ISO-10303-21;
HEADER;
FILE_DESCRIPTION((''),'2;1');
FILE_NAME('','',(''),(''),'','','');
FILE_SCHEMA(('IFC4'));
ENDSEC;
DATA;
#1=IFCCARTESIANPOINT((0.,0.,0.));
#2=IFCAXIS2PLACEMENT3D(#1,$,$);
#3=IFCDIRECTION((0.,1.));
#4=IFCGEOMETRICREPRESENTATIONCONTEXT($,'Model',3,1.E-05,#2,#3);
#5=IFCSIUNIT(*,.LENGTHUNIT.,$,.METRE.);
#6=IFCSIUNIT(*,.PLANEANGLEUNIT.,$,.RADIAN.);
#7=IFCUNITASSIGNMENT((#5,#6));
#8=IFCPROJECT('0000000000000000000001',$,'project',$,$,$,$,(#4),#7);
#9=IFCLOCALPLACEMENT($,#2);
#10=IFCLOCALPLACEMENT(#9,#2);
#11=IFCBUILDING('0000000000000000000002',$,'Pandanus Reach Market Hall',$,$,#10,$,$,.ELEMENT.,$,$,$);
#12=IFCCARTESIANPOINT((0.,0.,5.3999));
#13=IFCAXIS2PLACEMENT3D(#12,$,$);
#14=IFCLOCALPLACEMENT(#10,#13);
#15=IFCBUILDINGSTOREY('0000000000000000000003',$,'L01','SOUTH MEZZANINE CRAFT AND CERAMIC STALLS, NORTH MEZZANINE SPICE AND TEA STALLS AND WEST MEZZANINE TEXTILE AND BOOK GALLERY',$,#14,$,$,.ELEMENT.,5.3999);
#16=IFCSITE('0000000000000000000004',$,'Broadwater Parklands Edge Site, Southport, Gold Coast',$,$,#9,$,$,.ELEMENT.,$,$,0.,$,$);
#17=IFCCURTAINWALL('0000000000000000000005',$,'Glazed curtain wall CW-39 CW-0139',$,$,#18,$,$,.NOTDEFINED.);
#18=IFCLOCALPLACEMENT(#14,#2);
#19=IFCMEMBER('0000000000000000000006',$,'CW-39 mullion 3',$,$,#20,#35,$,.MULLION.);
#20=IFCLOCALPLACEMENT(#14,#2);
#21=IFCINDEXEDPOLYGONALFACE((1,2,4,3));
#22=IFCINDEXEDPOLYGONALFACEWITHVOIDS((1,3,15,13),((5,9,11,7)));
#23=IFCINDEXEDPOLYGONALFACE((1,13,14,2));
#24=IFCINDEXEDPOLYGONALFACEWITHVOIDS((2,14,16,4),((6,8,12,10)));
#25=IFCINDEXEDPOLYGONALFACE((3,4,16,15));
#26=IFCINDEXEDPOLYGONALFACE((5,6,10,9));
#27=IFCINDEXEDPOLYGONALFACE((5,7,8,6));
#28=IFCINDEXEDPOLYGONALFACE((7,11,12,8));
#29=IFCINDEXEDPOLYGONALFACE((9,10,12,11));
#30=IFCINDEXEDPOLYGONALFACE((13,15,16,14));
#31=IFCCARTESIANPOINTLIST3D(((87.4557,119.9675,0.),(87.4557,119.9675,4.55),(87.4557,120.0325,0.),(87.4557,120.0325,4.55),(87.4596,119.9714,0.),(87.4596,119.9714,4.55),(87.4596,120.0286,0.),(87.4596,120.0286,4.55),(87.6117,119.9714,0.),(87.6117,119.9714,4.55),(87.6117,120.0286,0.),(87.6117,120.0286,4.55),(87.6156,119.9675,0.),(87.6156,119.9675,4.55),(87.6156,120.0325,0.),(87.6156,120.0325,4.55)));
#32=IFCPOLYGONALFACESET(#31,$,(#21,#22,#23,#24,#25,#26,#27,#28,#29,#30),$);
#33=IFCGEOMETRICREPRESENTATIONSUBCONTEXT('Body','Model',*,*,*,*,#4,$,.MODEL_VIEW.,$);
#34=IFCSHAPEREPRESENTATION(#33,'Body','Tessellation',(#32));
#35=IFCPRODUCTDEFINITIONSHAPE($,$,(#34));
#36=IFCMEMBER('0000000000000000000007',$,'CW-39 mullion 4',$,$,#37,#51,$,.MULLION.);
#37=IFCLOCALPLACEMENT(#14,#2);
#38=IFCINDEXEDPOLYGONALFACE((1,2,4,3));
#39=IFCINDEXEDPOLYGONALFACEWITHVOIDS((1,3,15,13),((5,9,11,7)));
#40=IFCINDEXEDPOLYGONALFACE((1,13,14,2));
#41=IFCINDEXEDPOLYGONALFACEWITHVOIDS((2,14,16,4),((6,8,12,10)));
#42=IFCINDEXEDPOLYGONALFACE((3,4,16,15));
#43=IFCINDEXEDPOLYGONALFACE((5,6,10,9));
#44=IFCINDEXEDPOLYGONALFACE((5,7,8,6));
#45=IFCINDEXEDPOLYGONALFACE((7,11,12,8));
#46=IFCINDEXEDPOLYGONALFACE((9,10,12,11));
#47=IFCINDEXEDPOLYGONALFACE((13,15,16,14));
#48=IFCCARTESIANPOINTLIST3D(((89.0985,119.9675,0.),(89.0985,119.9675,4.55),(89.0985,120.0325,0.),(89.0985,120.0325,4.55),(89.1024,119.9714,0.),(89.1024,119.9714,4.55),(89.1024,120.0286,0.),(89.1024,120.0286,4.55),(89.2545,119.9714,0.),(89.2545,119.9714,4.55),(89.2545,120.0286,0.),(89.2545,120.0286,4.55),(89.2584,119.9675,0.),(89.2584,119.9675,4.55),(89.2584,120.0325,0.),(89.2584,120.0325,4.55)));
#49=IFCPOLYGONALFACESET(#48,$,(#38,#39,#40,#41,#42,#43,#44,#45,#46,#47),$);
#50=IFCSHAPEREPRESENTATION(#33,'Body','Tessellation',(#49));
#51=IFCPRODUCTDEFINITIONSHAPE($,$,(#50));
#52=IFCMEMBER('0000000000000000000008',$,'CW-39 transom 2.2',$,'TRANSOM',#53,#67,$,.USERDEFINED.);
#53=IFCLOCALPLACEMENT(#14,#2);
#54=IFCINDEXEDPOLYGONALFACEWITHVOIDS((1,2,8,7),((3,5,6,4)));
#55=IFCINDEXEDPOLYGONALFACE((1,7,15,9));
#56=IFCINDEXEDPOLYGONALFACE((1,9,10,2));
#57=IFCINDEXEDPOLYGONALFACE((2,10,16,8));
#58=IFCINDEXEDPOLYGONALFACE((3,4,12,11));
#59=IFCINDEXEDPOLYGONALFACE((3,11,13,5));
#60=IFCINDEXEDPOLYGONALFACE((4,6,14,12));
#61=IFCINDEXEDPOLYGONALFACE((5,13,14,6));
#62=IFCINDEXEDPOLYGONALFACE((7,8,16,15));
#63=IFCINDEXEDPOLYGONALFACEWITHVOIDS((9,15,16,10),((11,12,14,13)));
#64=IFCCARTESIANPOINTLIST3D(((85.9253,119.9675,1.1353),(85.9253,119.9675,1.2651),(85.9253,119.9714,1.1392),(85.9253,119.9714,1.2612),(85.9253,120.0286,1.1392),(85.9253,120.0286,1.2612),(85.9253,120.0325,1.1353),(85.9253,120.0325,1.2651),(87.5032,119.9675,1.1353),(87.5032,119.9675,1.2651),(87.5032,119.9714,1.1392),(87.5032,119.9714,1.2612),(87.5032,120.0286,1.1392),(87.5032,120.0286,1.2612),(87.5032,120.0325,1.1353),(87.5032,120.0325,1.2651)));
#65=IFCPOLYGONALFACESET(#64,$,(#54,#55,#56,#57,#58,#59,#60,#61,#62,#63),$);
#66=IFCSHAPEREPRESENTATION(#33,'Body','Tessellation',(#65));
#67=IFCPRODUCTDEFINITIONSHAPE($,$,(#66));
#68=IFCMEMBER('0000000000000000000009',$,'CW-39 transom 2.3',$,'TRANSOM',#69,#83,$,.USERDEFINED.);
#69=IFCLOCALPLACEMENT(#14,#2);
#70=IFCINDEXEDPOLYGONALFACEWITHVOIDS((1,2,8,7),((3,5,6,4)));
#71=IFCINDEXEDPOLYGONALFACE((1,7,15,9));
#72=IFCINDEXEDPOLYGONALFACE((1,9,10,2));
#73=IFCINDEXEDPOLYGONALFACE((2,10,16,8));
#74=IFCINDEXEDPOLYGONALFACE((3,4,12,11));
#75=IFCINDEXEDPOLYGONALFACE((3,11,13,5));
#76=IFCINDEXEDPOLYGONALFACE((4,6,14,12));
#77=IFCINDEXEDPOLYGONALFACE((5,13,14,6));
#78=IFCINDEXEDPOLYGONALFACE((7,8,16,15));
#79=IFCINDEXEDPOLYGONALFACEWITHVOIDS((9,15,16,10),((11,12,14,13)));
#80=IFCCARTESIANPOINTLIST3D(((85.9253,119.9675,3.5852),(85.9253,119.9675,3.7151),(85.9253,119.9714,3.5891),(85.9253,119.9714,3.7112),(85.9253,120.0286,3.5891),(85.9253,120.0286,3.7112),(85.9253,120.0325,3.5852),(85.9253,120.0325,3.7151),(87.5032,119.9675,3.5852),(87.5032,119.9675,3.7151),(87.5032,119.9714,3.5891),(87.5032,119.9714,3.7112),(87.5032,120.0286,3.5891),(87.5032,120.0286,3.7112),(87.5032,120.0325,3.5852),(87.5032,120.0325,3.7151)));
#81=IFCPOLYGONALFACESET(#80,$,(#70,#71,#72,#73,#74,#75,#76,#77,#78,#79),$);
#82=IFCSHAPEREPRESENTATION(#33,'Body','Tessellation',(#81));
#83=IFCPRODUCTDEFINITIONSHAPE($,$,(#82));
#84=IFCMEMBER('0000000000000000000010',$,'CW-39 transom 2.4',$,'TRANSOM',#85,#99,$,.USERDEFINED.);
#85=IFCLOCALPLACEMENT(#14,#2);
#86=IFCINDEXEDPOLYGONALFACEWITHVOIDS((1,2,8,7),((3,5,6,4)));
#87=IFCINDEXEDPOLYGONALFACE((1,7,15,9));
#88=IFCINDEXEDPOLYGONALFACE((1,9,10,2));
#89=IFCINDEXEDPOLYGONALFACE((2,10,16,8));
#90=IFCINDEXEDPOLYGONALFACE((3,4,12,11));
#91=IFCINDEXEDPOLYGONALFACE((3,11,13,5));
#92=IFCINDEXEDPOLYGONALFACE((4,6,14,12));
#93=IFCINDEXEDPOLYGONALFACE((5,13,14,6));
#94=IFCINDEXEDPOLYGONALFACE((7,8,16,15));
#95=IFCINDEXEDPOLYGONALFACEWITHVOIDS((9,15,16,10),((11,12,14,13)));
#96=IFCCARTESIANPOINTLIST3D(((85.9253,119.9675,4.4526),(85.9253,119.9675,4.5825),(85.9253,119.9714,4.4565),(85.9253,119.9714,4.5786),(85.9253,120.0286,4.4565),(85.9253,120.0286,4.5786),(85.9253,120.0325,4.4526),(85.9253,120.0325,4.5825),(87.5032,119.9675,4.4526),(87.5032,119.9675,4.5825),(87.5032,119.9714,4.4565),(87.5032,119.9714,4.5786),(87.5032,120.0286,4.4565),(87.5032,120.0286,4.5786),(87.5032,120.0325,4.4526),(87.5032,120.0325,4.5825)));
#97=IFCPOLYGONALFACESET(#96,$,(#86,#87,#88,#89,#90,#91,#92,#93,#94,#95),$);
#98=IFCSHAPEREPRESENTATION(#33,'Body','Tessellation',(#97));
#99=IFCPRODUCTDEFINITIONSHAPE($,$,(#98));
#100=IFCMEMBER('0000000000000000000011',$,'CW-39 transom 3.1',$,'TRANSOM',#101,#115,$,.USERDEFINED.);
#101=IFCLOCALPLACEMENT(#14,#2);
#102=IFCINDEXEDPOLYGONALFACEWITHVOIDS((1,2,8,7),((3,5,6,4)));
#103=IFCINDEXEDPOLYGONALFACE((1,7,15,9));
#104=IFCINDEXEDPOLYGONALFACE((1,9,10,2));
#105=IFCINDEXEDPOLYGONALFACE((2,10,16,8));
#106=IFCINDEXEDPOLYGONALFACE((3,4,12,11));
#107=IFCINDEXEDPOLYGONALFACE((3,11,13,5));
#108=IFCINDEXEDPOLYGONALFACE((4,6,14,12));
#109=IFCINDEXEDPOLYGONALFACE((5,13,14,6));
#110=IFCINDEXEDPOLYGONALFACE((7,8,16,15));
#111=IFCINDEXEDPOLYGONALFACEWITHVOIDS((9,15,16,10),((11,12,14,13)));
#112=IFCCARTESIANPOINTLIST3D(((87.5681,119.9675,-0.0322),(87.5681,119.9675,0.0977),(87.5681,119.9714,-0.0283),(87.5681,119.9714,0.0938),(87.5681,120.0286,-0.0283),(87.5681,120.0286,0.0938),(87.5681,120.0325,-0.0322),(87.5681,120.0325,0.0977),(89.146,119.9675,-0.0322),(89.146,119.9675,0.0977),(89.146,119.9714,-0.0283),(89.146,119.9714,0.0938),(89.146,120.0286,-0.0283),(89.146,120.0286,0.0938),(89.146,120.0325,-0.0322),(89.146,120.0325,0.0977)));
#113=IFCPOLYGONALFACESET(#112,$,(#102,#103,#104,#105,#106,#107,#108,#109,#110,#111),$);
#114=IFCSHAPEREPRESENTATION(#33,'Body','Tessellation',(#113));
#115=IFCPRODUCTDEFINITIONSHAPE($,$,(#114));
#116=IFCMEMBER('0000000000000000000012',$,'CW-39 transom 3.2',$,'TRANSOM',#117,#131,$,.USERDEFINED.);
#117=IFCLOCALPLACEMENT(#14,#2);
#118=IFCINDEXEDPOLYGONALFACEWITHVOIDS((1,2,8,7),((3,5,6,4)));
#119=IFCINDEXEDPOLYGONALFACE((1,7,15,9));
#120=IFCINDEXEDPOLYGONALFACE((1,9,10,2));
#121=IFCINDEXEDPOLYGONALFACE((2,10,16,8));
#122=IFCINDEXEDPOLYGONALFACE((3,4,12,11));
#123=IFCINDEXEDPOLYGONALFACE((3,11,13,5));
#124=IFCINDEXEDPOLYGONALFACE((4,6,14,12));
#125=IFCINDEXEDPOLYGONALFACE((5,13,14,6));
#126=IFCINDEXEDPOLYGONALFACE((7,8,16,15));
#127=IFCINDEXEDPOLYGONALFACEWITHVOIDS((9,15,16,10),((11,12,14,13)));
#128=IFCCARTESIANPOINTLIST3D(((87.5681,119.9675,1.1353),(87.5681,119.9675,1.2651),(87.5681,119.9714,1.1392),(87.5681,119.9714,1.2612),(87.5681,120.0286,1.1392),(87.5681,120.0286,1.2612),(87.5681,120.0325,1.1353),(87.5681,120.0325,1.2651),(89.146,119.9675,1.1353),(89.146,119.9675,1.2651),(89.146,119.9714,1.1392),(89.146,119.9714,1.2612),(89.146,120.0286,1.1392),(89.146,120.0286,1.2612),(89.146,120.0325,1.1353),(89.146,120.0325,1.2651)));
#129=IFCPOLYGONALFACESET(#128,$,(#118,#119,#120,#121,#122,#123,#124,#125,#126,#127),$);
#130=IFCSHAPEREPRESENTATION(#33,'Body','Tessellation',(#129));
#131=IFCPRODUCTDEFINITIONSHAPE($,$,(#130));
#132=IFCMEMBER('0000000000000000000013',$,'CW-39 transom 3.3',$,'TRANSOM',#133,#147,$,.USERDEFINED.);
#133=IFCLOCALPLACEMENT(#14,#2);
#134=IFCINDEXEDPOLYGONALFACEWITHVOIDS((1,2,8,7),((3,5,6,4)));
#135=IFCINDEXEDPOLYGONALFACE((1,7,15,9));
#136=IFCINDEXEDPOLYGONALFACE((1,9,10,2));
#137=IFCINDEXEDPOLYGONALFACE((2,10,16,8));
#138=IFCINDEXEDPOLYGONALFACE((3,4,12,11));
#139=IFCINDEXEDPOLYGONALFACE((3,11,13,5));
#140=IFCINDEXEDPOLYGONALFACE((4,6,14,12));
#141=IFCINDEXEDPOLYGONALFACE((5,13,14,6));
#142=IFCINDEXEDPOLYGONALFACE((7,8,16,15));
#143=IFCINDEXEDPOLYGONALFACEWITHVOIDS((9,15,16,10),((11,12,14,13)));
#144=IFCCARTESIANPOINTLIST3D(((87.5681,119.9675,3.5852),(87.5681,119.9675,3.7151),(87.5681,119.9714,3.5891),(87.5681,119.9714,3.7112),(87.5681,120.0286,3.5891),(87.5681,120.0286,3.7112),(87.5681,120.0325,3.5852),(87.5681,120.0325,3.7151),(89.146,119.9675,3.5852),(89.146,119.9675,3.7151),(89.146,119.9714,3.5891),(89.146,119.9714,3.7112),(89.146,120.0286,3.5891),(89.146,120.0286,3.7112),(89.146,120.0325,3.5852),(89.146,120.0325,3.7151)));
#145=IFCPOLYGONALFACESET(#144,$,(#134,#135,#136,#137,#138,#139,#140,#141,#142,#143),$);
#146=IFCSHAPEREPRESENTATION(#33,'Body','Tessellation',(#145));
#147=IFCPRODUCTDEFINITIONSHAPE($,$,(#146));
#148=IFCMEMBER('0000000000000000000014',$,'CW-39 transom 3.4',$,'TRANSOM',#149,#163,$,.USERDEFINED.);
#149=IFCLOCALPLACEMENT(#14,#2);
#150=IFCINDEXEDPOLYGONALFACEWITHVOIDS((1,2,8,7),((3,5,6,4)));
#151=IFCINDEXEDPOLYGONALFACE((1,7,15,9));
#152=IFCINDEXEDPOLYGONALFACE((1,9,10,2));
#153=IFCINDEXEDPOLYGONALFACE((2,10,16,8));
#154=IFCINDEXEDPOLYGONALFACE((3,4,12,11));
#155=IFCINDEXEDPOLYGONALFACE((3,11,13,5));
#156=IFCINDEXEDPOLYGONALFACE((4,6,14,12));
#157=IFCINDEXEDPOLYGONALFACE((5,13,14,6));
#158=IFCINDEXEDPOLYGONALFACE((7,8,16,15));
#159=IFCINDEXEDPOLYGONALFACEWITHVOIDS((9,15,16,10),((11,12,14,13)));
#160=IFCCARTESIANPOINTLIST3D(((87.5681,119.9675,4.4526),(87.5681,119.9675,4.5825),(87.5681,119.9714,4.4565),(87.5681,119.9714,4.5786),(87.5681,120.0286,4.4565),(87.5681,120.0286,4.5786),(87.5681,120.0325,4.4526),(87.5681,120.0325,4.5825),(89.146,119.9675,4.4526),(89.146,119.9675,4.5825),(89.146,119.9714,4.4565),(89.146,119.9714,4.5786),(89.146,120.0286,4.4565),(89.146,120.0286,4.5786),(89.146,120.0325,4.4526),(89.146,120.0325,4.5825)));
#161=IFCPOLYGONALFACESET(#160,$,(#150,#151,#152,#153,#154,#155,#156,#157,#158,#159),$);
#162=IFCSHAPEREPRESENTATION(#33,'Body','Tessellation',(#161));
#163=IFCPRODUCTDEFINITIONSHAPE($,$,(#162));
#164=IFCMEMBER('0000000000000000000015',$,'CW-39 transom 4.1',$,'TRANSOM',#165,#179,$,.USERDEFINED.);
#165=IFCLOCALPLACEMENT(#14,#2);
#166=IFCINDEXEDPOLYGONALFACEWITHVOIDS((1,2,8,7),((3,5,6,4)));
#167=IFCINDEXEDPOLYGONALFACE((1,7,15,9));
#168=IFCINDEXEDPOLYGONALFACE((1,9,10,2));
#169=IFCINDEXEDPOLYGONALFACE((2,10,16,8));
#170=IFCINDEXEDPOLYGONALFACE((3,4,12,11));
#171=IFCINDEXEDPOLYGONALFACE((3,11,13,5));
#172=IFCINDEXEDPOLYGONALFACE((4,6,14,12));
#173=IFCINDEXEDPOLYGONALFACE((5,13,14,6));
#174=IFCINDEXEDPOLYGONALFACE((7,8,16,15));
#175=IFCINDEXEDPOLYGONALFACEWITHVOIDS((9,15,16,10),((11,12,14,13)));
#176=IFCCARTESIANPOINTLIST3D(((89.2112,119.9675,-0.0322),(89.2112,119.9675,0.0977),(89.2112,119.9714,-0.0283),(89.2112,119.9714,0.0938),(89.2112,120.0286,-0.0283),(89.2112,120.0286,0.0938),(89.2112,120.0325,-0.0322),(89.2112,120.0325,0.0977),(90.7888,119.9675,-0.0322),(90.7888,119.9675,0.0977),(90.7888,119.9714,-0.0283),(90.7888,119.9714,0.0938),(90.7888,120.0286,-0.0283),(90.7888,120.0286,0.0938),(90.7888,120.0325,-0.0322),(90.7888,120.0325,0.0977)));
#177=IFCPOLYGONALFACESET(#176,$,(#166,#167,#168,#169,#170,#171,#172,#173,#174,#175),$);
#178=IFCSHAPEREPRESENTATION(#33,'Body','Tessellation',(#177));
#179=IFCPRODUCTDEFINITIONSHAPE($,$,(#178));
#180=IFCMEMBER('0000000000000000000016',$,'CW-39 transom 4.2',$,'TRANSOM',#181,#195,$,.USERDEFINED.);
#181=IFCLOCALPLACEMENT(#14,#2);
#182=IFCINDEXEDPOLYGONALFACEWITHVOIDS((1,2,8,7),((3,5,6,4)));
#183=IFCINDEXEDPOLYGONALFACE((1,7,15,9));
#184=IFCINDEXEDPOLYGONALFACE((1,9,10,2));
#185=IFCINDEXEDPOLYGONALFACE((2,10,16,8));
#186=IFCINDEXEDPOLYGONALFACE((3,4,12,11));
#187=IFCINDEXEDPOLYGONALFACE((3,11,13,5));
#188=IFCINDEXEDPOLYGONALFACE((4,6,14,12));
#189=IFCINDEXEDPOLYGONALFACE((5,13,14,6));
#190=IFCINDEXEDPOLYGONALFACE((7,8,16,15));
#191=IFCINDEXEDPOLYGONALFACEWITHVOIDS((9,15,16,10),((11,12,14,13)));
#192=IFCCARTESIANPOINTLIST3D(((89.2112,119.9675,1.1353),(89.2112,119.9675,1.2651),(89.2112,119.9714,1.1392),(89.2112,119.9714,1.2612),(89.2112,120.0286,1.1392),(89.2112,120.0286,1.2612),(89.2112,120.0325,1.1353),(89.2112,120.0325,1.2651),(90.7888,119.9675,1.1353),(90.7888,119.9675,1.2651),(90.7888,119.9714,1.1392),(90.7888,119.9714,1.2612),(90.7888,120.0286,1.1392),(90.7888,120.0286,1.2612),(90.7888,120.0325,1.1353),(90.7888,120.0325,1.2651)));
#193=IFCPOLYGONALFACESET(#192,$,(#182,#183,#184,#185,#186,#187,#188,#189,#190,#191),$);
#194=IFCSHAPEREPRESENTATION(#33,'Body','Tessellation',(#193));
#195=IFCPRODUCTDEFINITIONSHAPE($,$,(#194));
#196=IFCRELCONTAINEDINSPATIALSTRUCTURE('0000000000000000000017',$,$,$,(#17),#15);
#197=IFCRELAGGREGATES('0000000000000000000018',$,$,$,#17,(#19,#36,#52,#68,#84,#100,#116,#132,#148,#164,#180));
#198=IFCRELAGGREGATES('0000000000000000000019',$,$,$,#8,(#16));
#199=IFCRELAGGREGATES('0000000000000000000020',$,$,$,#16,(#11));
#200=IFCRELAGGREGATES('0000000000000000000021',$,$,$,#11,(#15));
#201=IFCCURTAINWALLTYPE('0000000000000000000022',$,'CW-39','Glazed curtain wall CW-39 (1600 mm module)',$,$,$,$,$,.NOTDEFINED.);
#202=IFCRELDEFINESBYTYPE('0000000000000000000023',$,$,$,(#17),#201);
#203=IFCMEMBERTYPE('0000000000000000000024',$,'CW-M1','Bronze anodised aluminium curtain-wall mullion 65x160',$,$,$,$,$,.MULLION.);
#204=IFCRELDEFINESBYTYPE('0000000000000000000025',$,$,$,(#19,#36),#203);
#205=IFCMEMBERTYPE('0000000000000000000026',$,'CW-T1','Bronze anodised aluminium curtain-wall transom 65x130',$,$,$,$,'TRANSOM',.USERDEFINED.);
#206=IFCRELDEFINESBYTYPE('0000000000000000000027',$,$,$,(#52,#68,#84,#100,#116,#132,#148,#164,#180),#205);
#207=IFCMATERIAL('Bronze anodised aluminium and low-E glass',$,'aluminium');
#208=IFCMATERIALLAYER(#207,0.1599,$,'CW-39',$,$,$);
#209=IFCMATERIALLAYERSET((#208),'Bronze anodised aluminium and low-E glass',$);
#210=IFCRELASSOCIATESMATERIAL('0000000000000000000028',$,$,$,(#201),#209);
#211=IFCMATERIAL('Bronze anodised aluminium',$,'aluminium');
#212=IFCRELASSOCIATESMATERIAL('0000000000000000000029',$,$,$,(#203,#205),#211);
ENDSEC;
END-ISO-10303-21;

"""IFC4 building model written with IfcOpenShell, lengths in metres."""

from ifc_helpers import new_model, si_unit, direction, frame, origin, origin_2d, place, context, subcontext, project, spatial, hollow_rectangle, extrude, material, layer, layer_set, material_profile, profile_set, type_object, element, aggregate, save


model = new_model("IFC4")

# Units and contexts
model_context = context("Model", 3, precision=1e-05, world=origin(), true_north=direction((0.0, 1.0)))
body_context = subcontext(model_context, "Body", "Model", "MODEL_VIEW")
ifc_project = project(units=[si_unit("LENGTHUNIT", "METRE"), si_unit("PLANEANGLEUNIT", "RADIAN")], contexts=[model_context])

# Site, building, storey
site_placement = place(None, origin())
site = spatial("IfcSite", under=ifc_project, at=site_placement, Name="Broadwater Parklands Edge Site, Southport, Gold Coast", CompositionType="ELEMENT", RefElevation=0.0)
building_placement = place(site_placement, origin())
building = spatial("IfcBuilding", under=site, at=building_placement, Name="Pandanus Reach Market Hall", CompositionType="ELEMENT")
storey_placement = place(building_placement, frame((0.0, 0.0, 5.3999)))
storey = spatial("IfcBuildingStorey", under=building, at=storey_placement, Name="L01", Description="SOUTH MEZZANINE CRAFT AND CERAMIC STALLS, NORTH MEZZANINE SPICE AND TEA STALLS AND WEST MEZZANINE TEXTILE AND BOOK GALLERY", CompositionType="ELEMENT", Elevation=5.3999)

# Curtain wall, members
ifc_material_1 = material(Name="Bronze anodised aluminium and low-E glass", Category="aluminium")
ifc_layer_1 = layer(ifc_material_1, 0.1599, Name="CW-39")
ifc_layer_set_1 = layer_set([ifc_layer_1], Name="Bronze anodised aluminium and low-E glass")
curtain_wall_type = type_object("IfcCurtainWallType", Name="CW-39", Description="Glazed curtain wall CW-39 (1600 mm module)", PredefinedType="NOTDEFINED", material=ifc_layer_set_1)
curtain_wall_placement = place(storey_placement, origin())
curtain_wall = element("IfcCurtainWall", 1, at=curtain_wall_placement, inside=storey, type_object=curtain_wall_type, Name="Glazed curtain wall CW-39 CW-0139", PredefinedType="NOTDEFINED")
ifc_material_2 = material(Name="Bronze anodised aluminium", Category="aluminium")
ifc_material_profile_1 = material_profile(ifc_material_2, hollow_rectangle(XDim=0.0649, YDim=0.1599, WallThickness=0.0039, at=origin_2d()), Name="ALU65x160", Category="LoadBearing")
ifc_profile_set_1 = profile_set([ifc_material_profile_1], Name="Bronze anodised aluminium")
member_type_1 = type_object("IfcMemberType", Name="CW-M1", Description="Bronze anodised aluminium curtain-wall mullion 65x160", PredefinedType="MULLION", material=ifc_profile_set_1)
member_1_placement = place(storey_placement, frame((87.5356, 120.0, 0.0), z_axis=(0.0, 0.0, 1.0), x_axis=(0.0, 1.0, 0.0)))
member_1 = element("IfcMember", 2, at=member_1_placement, type_object=member_type_1, Name="CW-39 mullion 3", PredefinedType="MULLION", context=body_context, shape_type="SweptSolid", body=[
    extrude(hollow_rectangle(XDim=0.0649, YDim=0.1599, WallThickness=0.0039, at=origin_2d()), origin(), (0.0, 0.0, 1.0), 4.55),
])
member_2_placement = place(storey_placement, frame((89.1785, 120.0, 0.0), z_axis=(0.0, 0.0, 1.0), x_axis=(0.0, 1.0, 0.0)))
member_2 = element("IfcMember", 3, at=member_2_placement, type_object=member_type_1, Name="CW-39 mullion 4", PredefinedType="MULLION", context=body_context, shape_type="SweptSolid", body=[
    extrude(hollow_rectangle(XDim=0.0649, YDim=0.1599, WallThickness=0.0039, at=origin_2d()), origin(), (0.0, 0.0, 1.0), 4.55),
])
ifc_material_profile_2 = material_profile(ifc_material_2, hollow_rectangle(XDim=0.0649, YDim=0.1299, WallThickness=0.0039, at=origin_2d()), Name="ALU65x130", Category="LoadBearing")
ifc_profile_set_2 = profile_set([ifc_material_profile_2], Name="Bronze anodised aluminium")
member_type_2 = type_object("IfcMemberType", Name="CW-T1", Description="Bronze anodised aluminium curtain-wall transom 65x130", ElementType="TRANSOM", PredefinedType="USERDEFINED", material=ifc_profile_set_2)
member_3_placement = place(storey_placement, frame((85.9253, 120.0, 1.2002), z_axis=(1.0, 0.0, 0.0), x_axis=(0.0, 1.0, 0.0)))
member_3 = element("IfcMember", 4, at=member_3_placement, type_object=member_type_2, Name="CW-39 transom 2.2", ObjectType="TRANSOM", PredefinedType="USERDEFINED", context=body_context, shape_type="SweptSolid", body=[
    extrude(hollow_rectangle(XDim=0.0649, YDim=0.1299, WallThickness=0.0039, at=origin_2d()), origin(), (0.0, 0.0, 1.0), 1.5779),
])
member_4_placement = place(storey_placement, frame((85.9253, 120.0, 3.6501), z_axis=(1.0, 0.0, 0.0), x_axis=(0.0, 1.0, 0.0)))
member_4 = element("IfcMember", 5, at=member_4_placement, type_object=member_type_2, Name="CW-39 transom 2.3", ObjectType="TRANSOM", PredefinedType="USERDEFINED", context=body_context, shape_type="SweptSolid", body=[
    extrude(hollow_rectangle(XDim=0.0649, YDim=0.1299, WallThickness=0.0039, at=origin_2d()), origin(), (0.0, 0.0, 1.0), 1.5779),
])
member_5_placement = place(storey_placement, frame((85.9253, 120.0, 4.5176), z_axis=(1.0, 0.0, 0.0), x_axis=(0.0, 1.0, 0.0)))
member_5 = element("IfcMember", 6, at=member_5_placement, type_object=member_type_2, Name="CW-39 transom 2.4", ObjectType="TRANSOM", PredefinedType="USERDEFINED", context=body_context, shape_type="SweptSolid", body=[
    extrude(hollow_rectangle(XDim=0.0649, YDim=0.1299, WallThickness=0.0039, at=origin_2d()), origin(), (0.0, 0.0, 1.0), 1.5779),
])
member_6_placement = place(storey_placement, frame((87.5681, 120.0, 0.0327), z_axis=(1.0, 0.0, 0.0), x_axis=(0.0, 1.0, 0.0)))
member_6 = element("IfcMember", 7, at=member_6_placement, type_object=member_type_2, Name="CW-39 transom 3.1", ObjectType="TRANSOM", PredefinedType="USERDEFINED", context=body_context, shape_type="SweptSolid", body=[
    extrude(hollow_rectangle(XDim=0.0649, YDim=0.1299, WallThickness=0.0039, at=origin_2d()), origin(), (0.0, 0.0, 1.0), 1.5779),
])
member_7_placement = place(storey_placement, frame((87.5681, 120.0, 1.2002), z_axis=(1.0, 0.0, 0.0), x_axis=(0.0, 1.0, 0.0)))
member_7 = element("IfcMember", 8, at=member_7_placement, type_object=member_type_2, Name="CW-39 transom 3.2", ObjectType="TRANSOM", PredefinedType="USERDEFINED", context=body_context, shape_type="SweptSolid", body=[
    extrude(hollow_rectangle(XDim=0.0649, YDim=0.1299, WallThickness=0.0039, at=origin_2d()), origin(), (0.0, 0.0, 1.0), 1.5779),
])
member_8_placement = place(storey_placement, frame((87.5681, 120.0, 3.6501), z_axis=(1.0, 0.0, 0.0), x_axis=(0.0, 1.0, 0.0)))
member_8 = element("IfcMember", 9, at=member_8_placement, type_object=member_type_2, Name="CW-39 transom 3.3", ObjectType="TRANSOM", PredefinedType="USERDEFINED", context=body_context, shape_type="SweptSolid", body=[
    extrude(hollow_rectangle(XDim=0.0649, YDim=0.1299, WallThickness=0.0039, at=origin_2d()), origin(), (0.0, 0.0, 1.0), 1.5779),
])
member_9_placement = place(storey_placement, frame((87.5681, 120.0, 4.5176), z_axis=(1.0, 0.0, 0.0), x_axis=(0.0, 1.0, 0.0)))
member_9 = element("IfcMember", 10, at=member_9_placement, type_object=member_type_2, Name="CW-39 transom 3.4", ObjectType="TRANSOM", PredefinedType="USERDEFINED", context=body_context, shape_type="SweptSolid", body=[
    extrude(hollow_rectangle(XDim=0.0649, YDim=0.1299, WallThickness=0.0039, at=origin_2d()), origin(), (0.0, 0.0, 1.0), 1.5779),
])
member_10_placement = place(storey_placement, frame((89.2112, 120.0, 0.0327), z_axis=(1.0, 0.0, 0.0), x_axis=(0.0, 1.0, 0.0)))
member_10 = element("IfcMember", 11, at=member_10_placement, type_object=member_type_2, Name="CW-39 transom 4.1", ObjectType="TRANSOM", PredefinedType="USERDEFINED", context=body_context, shape_type="SweptSolid", body=[
    extrude(hollow_rectangle(XDim=0.0649, YDim=0.1299, WallThickness=0.0039, at=origin_2d()), origin(), (0.0, 0.0, 1.0), 1.5776),
])
member_11_placement = place(storey_placement, frame((89.2112, 120.0, 1.2002), z_axis=(1.0, 0.0, 0.0), x_axis=(0.0, 1.0, 0.0)))
member_11 = element("IfcMember", 12, at=member_11_placement, type_object=member_type_2, Name="CW-39 transom 4.2", ObjectType="TRANSOM", PredefinedType="USERDEFINED", context=body_context, shape_type="SweptSolid", body=[
    extrude(hollow_rectangle(XDim=0.0649, YDim=0.1299, WallThickness=0.0039, at=origin_2d()), origin(), (0.0, 0.0, 1.0), 1.5776),
])
aggregate(curtain_wall, [member_1, member_2, member_3, member_4, member_5, member_6, member_7, member_8, member_9, member_10, member_11])

save(model, "model.ifc")
